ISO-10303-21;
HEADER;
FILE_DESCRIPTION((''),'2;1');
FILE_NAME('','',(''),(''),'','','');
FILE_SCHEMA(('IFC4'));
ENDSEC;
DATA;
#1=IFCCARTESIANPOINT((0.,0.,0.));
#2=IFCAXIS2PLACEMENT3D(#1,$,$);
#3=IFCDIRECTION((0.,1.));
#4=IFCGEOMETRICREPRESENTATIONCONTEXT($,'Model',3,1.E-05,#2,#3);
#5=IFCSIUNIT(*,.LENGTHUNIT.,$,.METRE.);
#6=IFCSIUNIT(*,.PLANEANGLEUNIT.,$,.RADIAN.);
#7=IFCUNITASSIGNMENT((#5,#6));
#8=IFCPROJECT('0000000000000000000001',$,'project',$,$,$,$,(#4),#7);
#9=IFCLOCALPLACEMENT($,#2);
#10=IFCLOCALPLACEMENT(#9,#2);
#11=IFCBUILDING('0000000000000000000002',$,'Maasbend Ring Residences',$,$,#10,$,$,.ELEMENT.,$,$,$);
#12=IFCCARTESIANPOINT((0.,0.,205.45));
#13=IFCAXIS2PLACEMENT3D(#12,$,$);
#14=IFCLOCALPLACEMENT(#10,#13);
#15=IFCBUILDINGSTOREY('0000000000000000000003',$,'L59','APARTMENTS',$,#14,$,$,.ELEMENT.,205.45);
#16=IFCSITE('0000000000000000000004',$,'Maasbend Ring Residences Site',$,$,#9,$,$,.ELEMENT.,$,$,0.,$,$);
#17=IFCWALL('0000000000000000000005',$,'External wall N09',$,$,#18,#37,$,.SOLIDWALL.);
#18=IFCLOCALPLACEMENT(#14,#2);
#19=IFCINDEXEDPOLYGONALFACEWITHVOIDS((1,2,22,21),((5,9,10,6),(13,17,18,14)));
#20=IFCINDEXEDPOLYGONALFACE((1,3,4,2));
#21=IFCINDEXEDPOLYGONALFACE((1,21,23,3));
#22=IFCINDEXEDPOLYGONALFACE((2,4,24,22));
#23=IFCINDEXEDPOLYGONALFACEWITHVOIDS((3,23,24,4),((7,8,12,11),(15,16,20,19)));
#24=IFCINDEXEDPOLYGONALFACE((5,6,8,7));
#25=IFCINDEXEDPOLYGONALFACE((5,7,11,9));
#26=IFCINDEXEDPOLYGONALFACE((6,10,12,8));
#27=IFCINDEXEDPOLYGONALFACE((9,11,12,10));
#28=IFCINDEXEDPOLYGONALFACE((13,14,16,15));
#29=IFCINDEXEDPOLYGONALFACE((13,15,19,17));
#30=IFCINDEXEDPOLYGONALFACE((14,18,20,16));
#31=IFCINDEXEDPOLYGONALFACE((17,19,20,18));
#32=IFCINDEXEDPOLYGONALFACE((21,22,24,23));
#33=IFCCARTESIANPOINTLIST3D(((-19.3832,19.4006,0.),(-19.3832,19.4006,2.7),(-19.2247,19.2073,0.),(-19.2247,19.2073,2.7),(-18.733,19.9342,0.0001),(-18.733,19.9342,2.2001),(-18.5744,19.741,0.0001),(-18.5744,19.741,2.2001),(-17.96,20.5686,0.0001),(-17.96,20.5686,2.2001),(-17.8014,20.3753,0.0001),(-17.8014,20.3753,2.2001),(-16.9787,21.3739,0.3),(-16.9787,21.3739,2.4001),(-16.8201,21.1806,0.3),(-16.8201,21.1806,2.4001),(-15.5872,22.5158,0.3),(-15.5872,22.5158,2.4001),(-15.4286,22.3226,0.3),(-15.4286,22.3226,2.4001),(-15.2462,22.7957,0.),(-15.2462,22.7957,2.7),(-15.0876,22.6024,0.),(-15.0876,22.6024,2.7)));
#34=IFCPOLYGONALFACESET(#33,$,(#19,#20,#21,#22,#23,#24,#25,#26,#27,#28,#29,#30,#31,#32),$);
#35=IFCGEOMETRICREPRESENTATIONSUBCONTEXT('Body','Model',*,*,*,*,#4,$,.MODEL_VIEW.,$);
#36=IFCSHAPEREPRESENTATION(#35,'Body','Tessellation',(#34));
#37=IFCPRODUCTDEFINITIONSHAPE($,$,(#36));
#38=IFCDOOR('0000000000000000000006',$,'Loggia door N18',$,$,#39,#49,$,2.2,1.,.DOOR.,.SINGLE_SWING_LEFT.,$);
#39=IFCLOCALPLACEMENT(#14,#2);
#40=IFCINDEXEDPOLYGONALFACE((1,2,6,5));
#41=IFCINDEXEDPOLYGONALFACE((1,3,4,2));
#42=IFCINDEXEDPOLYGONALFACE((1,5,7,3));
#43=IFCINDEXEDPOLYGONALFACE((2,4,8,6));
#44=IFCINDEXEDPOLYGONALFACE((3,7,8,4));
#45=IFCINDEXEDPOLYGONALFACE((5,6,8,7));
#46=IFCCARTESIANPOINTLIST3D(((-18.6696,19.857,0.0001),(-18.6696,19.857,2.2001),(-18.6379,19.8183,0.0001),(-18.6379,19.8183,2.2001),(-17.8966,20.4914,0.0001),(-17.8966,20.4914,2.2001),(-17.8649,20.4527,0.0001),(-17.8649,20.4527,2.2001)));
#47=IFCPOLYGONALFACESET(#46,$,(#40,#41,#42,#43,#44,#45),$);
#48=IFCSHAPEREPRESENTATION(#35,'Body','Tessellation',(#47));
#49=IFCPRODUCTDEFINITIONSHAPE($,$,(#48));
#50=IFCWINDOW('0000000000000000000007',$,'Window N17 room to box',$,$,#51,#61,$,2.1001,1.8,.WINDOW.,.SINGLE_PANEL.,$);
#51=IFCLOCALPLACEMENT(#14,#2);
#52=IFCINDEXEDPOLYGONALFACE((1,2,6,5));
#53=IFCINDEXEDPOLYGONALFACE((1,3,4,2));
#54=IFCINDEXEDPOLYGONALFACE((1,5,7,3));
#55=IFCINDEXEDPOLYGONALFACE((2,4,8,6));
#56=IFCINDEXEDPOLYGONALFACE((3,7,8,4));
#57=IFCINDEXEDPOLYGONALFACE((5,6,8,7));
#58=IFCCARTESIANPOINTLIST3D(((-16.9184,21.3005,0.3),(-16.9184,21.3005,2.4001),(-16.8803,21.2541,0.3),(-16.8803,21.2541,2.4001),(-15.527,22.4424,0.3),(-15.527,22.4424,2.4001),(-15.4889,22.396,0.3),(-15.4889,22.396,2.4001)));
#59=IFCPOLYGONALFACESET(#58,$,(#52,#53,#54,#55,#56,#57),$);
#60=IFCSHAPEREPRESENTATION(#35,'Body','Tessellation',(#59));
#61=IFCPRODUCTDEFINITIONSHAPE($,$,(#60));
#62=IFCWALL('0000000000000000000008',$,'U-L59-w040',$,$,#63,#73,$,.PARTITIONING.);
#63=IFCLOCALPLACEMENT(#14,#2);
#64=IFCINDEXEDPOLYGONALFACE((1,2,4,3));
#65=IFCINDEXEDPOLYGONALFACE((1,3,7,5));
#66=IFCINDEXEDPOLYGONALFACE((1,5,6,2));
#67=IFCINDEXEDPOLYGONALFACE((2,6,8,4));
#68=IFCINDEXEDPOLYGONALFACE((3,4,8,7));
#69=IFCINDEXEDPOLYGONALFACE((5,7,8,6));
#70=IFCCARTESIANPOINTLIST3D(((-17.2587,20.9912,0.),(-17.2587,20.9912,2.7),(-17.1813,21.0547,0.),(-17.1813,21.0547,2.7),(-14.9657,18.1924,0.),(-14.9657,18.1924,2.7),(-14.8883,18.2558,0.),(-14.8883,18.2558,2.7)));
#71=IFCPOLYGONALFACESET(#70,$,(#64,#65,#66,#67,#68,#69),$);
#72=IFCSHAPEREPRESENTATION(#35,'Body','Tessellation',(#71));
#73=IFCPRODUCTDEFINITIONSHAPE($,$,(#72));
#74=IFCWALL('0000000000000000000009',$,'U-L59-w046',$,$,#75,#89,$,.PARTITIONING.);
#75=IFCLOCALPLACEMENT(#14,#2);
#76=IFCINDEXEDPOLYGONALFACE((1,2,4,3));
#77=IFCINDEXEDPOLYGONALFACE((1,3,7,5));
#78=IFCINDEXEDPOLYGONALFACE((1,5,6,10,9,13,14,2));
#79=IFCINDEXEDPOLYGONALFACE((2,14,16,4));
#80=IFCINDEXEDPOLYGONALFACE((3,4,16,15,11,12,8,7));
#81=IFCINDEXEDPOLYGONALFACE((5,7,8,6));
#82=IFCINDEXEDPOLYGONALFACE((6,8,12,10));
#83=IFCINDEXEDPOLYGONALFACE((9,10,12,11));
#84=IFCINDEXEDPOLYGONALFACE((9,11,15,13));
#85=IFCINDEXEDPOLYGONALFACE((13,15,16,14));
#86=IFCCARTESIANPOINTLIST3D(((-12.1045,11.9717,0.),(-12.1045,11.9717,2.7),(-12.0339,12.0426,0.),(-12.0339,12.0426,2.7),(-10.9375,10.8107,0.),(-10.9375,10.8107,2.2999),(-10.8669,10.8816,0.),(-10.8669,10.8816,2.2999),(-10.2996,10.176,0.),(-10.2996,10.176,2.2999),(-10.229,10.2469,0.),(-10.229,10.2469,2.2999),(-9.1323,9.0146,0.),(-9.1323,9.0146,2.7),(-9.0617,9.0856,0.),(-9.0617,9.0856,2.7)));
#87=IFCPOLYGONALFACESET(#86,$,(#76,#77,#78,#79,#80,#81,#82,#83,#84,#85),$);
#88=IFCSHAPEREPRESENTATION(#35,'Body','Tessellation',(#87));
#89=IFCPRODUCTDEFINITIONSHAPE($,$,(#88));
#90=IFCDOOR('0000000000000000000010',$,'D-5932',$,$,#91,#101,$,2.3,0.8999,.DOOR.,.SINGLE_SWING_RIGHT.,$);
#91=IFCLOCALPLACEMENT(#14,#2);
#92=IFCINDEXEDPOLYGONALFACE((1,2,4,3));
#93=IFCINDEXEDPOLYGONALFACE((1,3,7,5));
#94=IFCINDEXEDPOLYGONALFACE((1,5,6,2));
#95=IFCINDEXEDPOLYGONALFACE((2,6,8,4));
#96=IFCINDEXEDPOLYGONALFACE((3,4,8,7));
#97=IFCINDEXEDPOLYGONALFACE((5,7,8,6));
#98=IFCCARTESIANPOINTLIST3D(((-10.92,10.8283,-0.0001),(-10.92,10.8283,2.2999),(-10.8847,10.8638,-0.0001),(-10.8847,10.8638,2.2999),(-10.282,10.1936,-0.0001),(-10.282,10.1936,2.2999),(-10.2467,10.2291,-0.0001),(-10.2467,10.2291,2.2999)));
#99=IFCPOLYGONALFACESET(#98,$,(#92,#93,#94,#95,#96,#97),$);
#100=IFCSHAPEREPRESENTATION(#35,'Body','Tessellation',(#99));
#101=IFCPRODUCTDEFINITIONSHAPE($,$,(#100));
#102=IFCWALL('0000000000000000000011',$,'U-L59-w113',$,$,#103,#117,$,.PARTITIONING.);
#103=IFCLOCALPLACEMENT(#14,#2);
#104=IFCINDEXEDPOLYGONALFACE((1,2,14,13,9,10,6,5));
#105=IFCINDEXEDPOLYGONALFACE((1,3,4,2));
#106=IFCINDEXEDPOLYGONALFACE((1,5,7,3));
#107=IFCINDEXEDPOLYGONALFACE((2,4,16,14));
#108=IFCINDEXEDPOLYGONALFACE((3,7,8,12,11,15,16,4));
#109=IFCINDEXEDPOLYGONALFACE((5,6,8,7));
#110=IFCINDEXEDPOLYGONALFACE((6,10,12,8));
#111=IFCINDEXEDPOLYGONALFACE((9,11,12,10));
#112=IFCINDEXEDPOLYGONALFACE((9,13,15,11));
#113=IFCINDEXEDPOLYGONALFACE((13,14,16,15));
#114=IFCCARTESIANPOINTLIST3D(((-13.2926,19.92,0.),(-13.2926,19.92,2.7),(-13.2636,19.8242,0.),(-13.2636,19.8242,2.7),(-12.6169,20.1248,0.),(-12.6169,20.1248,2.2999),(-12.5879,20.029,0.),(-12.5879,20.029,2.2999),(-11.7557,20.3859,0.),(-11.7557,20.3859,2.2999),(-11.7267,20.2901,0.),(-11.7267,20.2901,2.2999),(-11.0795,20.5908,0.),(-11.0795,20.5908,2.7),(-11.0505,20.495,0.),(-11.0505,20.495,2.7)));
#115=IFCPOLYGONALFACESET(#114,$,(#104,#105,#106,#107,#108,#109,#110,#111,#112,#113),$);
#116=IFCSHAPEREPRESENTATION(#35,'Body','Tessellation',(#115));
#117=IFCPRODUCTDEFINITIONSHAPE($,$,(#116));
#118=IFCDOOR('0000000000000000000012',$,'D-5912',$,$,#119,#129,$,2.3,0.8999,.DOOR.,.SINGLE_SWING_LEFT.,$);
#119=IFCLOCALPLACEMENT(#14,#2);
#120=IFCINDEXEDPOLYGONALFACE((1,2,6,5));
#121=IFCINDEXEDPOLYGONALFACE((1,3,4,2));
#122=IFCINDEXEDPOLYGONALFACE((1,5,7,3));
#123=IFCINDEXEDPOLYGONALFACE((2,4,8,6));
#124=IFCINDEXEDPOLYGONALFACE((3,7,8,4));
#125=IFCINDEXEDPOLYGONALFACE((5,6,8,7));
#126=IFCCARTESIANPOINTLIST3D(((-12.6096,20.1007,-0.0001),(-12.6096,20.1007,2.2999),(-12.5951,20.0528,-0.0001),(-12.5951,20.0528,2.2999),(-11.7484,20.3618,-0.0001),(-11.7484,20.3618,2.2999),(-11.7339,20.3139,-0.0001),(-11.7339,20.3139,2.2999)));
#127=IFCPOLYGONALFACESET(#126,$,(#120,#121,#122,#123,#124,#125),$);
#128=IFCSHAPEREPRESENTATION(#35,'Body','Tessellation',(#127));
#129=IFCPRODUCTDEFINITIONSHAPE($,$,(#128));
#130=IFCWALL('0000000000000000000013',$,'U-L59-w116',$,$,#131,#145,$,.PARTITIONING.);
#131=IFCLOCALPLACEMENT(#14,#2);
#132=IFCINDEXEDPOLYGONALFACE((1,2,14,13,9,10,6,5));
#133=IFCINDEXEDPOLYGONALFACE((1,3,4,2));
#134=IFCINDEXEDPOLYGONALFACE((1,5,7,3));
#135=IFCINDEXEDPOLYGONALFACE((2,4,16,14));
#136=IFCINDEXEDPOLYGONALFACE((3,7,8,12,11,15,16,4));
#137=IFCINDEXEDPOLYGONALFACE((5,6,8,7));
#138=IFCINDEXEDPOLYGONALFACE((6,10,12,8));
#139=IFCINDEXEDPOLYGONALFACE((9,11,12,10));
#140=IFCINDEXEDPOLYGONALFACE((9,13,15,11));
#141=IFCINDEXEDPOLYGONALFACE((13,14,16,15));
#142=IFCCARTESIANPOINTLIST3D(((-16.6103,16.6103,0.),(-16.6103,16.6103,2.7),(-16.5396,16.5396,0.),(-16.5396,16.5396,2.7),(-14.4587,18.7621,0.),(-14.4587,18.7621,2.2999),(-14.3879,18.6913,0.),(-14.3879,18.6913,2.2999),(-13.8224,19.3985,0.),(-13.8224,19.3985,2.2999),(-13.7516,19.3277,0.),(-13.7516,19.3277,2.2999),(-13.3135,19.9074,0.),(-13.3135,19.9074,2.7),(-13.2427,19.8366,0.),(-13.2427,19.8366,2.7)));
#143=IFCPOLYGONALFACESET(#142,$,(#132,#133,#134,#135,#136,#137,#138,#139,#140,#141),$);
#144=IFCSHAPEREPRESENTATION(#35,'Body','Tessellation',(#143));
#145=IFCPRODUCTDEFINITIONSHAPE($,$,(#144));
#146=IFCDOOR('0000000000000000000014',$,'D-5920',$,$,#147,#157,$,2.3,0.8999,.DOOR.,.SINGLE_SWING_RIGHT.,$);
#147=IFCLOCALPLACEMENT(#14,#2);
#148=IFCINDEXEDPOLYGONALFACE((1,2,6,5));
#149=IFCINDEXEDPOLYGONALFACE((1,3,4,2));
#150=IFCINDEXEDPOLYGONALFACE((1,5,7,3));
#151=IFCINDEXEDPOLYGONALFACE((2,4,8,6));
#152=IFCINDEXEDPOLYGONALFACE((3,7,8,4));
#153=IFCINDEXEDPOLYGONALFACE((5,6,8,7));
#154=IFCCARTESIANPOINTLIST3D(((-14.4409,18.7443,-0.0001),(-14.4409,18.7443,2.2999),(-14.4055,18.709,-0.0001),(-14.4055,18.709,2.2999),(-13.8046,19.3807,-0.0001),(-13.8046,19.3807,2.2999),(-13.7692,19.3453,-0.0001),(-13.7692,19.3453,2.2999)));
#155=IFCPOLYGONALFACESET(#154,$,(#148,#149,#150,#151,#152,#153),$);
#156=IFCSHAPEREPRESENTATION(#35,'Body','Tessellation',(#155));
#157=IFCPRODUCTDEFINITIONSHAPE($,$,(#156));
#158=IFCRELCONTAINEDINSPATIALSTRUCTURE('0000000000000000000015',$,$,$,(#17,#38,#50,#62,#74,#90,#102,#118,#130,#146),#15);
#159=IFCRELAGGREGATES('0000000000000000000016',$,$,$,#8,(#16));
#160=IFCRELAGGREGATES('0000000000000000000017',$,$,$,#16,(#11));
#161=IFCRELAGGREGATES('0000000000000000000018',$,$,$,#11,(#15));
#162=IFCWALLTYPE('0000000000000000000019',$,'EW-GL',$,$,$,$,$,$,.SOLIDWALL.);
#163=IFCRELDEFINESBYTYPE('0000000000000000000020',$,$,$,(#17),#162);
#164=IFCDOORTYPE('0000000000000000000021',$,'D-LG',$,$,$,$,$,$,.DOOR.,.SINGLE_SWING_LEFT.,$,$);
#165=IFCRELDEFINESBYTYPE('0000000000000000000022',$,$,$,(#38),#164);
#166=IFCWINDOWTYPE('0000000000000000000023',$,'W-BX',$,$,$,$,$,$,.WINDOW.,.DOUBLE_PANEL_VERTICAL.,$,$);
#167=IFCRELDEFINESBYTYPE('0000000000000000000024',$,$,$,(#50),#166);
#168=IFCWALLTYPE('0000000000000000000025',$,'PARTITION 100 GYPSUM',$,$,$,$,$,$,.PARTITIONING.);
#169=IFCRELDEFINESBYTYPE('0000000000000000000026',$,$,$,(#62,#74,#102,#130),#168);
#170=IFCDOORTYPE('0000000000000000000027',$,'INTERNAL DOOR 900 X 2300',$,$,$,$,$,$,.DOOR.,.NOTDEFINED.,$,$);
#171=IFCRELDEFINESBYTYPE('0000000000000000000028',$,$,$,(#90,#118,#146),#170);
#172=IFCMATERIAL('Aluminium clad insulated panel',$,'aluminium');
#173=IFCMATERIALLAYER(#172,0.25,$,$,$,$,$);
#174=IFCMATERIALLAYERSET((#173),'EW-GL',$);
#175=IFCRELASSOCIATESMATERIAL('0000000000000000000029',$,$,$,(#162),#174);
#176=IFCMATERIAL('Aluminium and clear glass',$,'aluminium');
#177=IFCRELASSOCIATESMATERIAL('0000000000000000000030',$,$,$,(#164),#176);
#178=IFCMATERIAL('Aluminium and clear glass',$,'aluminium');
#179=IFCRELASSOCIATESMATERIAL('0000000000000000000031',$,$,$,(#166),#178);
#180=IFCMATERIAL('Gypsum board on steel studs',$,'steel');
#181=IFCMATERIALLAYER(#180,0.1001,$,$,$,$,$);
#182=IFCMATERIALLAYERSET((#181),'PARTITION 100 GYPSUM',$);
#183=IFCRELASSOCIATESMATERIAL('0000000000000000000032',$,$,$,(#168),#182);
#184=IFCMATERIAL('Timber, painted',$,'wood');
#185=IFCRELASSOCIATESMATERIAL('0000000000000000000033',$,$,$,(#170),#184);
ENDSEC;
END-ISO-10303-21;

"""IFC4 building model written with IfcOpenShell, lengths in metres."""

from ifc_helpers import new_model, si_unit, direction, frame, frame_2d, origin, place, context, subcontext, project, spatial, rectangle, extrude, material, layer, layer_set, type_object, element, fill, save


model = new_model("IFC4")

# Units and contexts
model_context = context("Model", 3, precision=1e-05, world=origin(), true_north=direction((0.0, 1.0)))
body_context = subcontext(model_context, "Body", "Model", "MODEL_VIEW")
ifc_project = project(units=[si_unit("LENGTHUNIT", "METRE"), si_unit("PLANEANGLEUNIT", "RADIAN")], contexts=[model_context])

# Site, building, storey
site_placement = place(None, origin())
site = spatial("IfcSite", under=ifc_project, at=site_placement, Name="Maasbend Ring Residences Site", CompositionType="ELEMENT", RefElevation=0.0)
building_placement = place(site_placement, origin())
building = spatial("IfcBuilding", under=site, at=building_placement, Name="Maasbend Ring Residences", CompositionType="ELEMENT")
storey_placement = place(building_placement, frame((0.0, 0.0, 205.45)))
storey = spatial("IfcBuildingStorey", under=building, at=storey_placement, Name="L59", Description="APARTMENTS", CompositionType="ELEMENT", Elevation=205.45)

# Wall, openings, door, window
ifc_material_1 = material(Name="Aluminium clad insulated panel", Category="aluminium")
ifc_layer_1 = layer(ifc_material_1, 0.25)
ifc_layer_set_1 = layer_set([ifc_layer_1], Name="EW-GL")
wall_type_1 = type_object("IfcWallType", Name="EW-GL", PredefinedType="SOLIDWALL", material=ifc_layer_set_1)
wall_1_placement = place(storey_placement, frame((-15.167, 22.699, 0.0), z_axis=(0.0, 0.0, 1.0), x_axis=(-0.773019, -0.634382, 0.0)))
wall_1 = element("IfcWall", 1, at=wall_1_placement, inside=storey, type_object=wall_type_1, Name="External wall N09", PredefinedType="SOLIDWALL", context=body_context, shape_type="SweptSolid", body=[
    extrude(rectangle(XDim=5.3518, YDim=0.25, at=frame_2d((2.6758, 0.0))), origin(), (0.0, 0.0, 1.0), 2.7),
])
opening_1_placement = place(wall_1_placement, frame((0.4412, 0.0, 0.3)))
opening_1 = element("IfcOpeningElement", 2, at=opening_1_placement, cuts=wall_1, PredefinedType="OPENING", context=body_context, shape_type="SweptSolid", body=[
    extrude(rectangle(XDim=1.8, YDim=2.1001, at=frame_2d((0.8999, 1.05))), frame((0.0, 0.135, 0.0), z_axis=(0.0, -1.0, 0.0), x_axis=(1.0, 0.0, 0.0)), (0.0, 0.0, 1.0), 0.27),
])
opening_2_placement = place(wall_1_placement, frame((3.5105, 0.0, 0.0)))
opening_2 = element("IfcOpeningElement", 3, at=opening_2_placement, cuts=wall_1, PredefinedType="OPENING", context=body_context, shape_type="SweptSolid", body=[
    extrude(rectangle(XDim=1.0, YDim=2.2, at=frame_2d((0.5, 1.1001))), frame((0.0, 0.135, 0.0), z_axis=(0.0, -1.0, 0.0), x_axis=(1.0, 0.0, 0.0)), (0.0, 0.0, 1.0), 0.27),
])
ifc_material_2 = material(Name="Aluminium and clear glass", Category="aluminium")
door_type_1 = type_object("IfcDoorType", Name="D-LG", OperationType="SINGLE_SWING_LEFT", PredefinedType="DOOR", material=ifc_material_2)
door_1_placement = place(opening_2_placement, origin())
door_1 = element("IfcDoor", 4, at=door_1_placement, inside=storey, type_object=door_type_1, Name="Loggia door N18", OperationType="SINGLE_SWING_LEFT", OverallHeight=2.2, OverallWidth=1.0, PredefinedType="DOOR", context=body_context, shape_type="SweptSolid", body=[
    extrude(rectangle(XDim=1.0, YDim=2.2, at=frame_2d((0.5, 1.1001))), frame((0.0, 0.0249, 0.0), z_axis=(0.0, -1.0, 0.0), x_axis=(1.0, 0.0, 0.0)), (0.0, 0.0, 1.0), 0.05),
])
fill(opening_2, door_1)
ifc_material_3 = material(Name="Aluminium and clear glass", Category="aluminium")
window_type_1 = type_object("IfcWindowType", Name="W-BX", PartitioningType="DOUBLE_PANEL_VERTICAL", PredefinedType="WINDOW", material=ifc_material_3)
window_1_placement = place(opening_1_placement, origin())
window_1 = element("IfcWindow", 5, at=window_1_placement, inside=storey, type_object=window_type_1, Name="Window N17 room to box", OverallHeight=2.1001, OverallWidth=1.8, PartitioningType="SINGLE_PANEL", PredefinedType="WINDOW", context=body_context, shape_type="SweptSolid", body=[
    extrude(rectangle(XDim=1.8, YDim=2.1001, at=frame_2d((0.8999, 1.05))), frame((0.0, 0.03, 0.0), z_axis=(0.0, -1.0, 0.0), x_axis=(1.0, 0.0, 0.0)), (0.0, 0.0, 1.0), 0.0601),
])
fill(opening_1, window_1)

# Wall
ifc_material_4 = material(Name="Gypsum board on steel studs", Category="steel")
ifc_layer_2 = layer(ifc_material_4, 0.1001)
ifc_layer_set_2 = layer_set([ifc_layer_2], Name="PARTITION 100 GYPSUM")
wall_type_2 = type_object("IfcWallType", Name="PARTITION 100 GYPSUM", PredefinedType="PARTITIONING", material=ifc_layer_set_2)
wall_2_placement = place(storey_placement, frame((-17.22, 21.0229, 0.0), z_axis=(0.0, 0.0, 1.0), x_axis=(0.633737, -0.773548, 0.0)))
element("IfcWall", 6, at=wall_2_placement, inside=storey, type_object=wall_type_2, Name="U-L59-w040", PredefinedType="PARTITIONING", context=body_context, shape_type="SweptSolid", body=[
    extrude(rectangle(XDim=3.6182, YDim=0.1001, at=frame_2d((1.8091, 0.0))), origin(), (0.0, 0.0, 1.0), 2.7),
])

# Walls, openings, doors
wall_3_placement = place(storey_placement, frame((-12.0691, 12.0071, 0.0), z_axis=(0.0, 0.0, 1.0), x_axis=(0.70891, -0.705299, 0.0)))
wall_3 = element("IfcWall", 7, at=wall_3_placement, inside=storey, type_object=wall_type_2, Name="U-L59-w046", PredefinedType="PARTITIONING", context=body_context, shape_type="SweptSolid", body=[
    extrude(rectangle(XDim=4.1926, YDim=0.1001, at=frame_2d((2.0962, 0.0))), origin(), (0.0, 0.0, 1.0), 2.7),
])
opening_3_placement = place(wall_3_placement, frame((1.646, 0.0, 0.0)))
opening_3 = element("IfcOpeningElement", 8, at=opening_3_placement, cuts=wall_3, PredefinedType="OPENING", context=body_context, shape_type="SweptSolid", body=[
    extrude(rectangle(XDim=0.8999, YDim=2.3, at=frame_2d((0.45, 1.1499))), frame((0.0, 0.0601, 0.0), z_axis=(0.0, -1.0, 0.0), x_axis=(1.0, 0.0, 0.0)), (0.0, 0.0, 1.0), 0.1201),
])
ifc_material_5 = material(Name="Timber, painted", Category="wood")
door_type_2 = type_object("IfcDoorType", Name="INTERNAL DOOR 900 X 2300", OperationType="NOTDEFINED", PredefinedType="DOOR", material=ifc_material_5)
door_2_placement = place(opening_3_placement, origin())
door_2 = element("IfcDoor", 9, at=door_2_placement, inside=storey, type_object=door_type_2, Name="D-5932", OperationType="SINGLE_SWING_RIGHT", OverallHeight=2.3, OverallWidth=0.8999, PredefinedType="DOOR", context=body_context, shape_type="SweptSolid", body=[
    extrude(rectangle(XDim=0.8999, YDim=2.3, at=frame_2d((0.45, 1.1499))), frame((0.0, 0.0249, 0.0), z_axis=(0.0, -1.0, 0.0), x_axis=(1.0, 0.0, 0.0)), (0.0, 0.0, 1.0), 0.05),
])
fill(opening_3, door_2)
wall_4_placement = place(storey_placement, frame((-13.2781, 19.8721, 0.0), z_axis=(0.0, 0.0, 1.0), x_axis=(0.956994, 0.290107, 0.0)))
wall_4 = element("IfcWall", 10, at=wall_4_placement, inside=storey, type_object=wall_type_2, Name="U-L59-w113", PredefinedType="PARTITIONING", context=body_context, shape_type="SweptSolid", body=[
    extrude(rectangle(XDim=2.3125, YDim=0.1001, at=frame_2d((1.1562, 0.0))), origin(), (0.0, 0.0, 1.0), 2.7),
])
opening_4_placement = place(wall_4_placement, frame((0.7061, 0.0, 0.0)))
opening_4 = element("IfcOpeningElement", 11, at=opening_4_placement, cuts=wall_4, PredefinedType="OPENING", context=body_context, shape_type="SweptSolid", body=[
    extrude(rectangle(XDim=0.8999, YDim=2.3, at=frame_2d((0.45, 1.1499))), frame((0.0, 0.0601, 0.0), z_axis=(0.0, -1.0, 0.0), x_axis=(1.0, 0.0, 0.0)), (0.0, 0.0, 1.0), 0.1201),
])
door_3_placement = place(opening_4_placement, origin())
door_3 = element("IfcDoor", 12, at=door_3_placement, inside=storey, type_object=door_type_2, Name="D-5912", OperationType="SINGLE_SWING_LEFT", OverallHeight=2.3, OverallWidth=0.8999, PredefinedType="DOOR", context=body_context, shape_type="SweptSolid", body=[
    extrude(rectangle(XDim=0.8999, YDim=2.3, at=frame_2d((0.45, 1.1499))), frame((0.0, 0.0249, 0.0), z_axis=(0.0, -1.0, 0.0), x_axis=(1.0, 0.0, 0.0)), (0.0, 0.0, 1.0), 0.05),
])
fill(opening_4, door_3)
wall_5_placement = place(storey_placement, frame((-16.575, 16.575, 0.0), z_axis=(0.0, 0.0, 1.0), x_axis=(0.707081, 0.707133, 0.0)))
wall_5 = element("IfcWall", 13, at=wall_5_placement, inside=storey, type_object=wall_type_2, Name="U-L59-w116", PredefinedType="PARTITIONING", context=body_context, shape_type="SweptSolid", body=[
    extrude(rectangle(XDim=4.6626, YDim=0.1001, at=frame_2d((2.3313, 0.0))), origin(), (0.0, 0.0, 1.0), 2.7),
])
opening_5_placement = place(wall_5_placement, frame((3.043, 0.0, 0.0)))
opening_5 = element("IfcOpeningElement", 14, at=opening_5_placement, cuts=wall_5, PredefinedType="OPENING", context=body_context, shape_type="SweptSolid", body=[
    extrude(rectangle(XDim=0.8999, YDim=2.3, at=frame_2d((0.45, 1.1499))), frame((0.0, 0.0601, 0.0), z_axis=(0.0, -1.0, 0.0), x_axis=(1.0, 0.0, 0.0)), (0.0, 0.0, 1.0), 0.1201),
])
door_4_placement = place(opening_5_placement, origin())
door_4 = element("IfcDoor", 15, at=door_4_placement, inside=storey, type_object=door_type_2, Name="D-5920", OperationType="SINGLE_SWING_RIGHT", OverallHeight=2.3, OverallWidth=0.8999, PredefinedType="DOOR", context=body_context, shape_type="SweptSolid", body=[
    extrude(rectangle(XDim=0.8999, YDim=2.3, at=frame_2d((0.45, 1.1499))), frame((0.0, 0.0249, 0.0), z_axis=(0.0, -1.0, 0.0), x_axis=(1.0, 0.0, 0.0)), (0.0, 0.0, 1.0), 0.05),
])
fill(opening_5, door_4)

save(model, "model.ifc")
